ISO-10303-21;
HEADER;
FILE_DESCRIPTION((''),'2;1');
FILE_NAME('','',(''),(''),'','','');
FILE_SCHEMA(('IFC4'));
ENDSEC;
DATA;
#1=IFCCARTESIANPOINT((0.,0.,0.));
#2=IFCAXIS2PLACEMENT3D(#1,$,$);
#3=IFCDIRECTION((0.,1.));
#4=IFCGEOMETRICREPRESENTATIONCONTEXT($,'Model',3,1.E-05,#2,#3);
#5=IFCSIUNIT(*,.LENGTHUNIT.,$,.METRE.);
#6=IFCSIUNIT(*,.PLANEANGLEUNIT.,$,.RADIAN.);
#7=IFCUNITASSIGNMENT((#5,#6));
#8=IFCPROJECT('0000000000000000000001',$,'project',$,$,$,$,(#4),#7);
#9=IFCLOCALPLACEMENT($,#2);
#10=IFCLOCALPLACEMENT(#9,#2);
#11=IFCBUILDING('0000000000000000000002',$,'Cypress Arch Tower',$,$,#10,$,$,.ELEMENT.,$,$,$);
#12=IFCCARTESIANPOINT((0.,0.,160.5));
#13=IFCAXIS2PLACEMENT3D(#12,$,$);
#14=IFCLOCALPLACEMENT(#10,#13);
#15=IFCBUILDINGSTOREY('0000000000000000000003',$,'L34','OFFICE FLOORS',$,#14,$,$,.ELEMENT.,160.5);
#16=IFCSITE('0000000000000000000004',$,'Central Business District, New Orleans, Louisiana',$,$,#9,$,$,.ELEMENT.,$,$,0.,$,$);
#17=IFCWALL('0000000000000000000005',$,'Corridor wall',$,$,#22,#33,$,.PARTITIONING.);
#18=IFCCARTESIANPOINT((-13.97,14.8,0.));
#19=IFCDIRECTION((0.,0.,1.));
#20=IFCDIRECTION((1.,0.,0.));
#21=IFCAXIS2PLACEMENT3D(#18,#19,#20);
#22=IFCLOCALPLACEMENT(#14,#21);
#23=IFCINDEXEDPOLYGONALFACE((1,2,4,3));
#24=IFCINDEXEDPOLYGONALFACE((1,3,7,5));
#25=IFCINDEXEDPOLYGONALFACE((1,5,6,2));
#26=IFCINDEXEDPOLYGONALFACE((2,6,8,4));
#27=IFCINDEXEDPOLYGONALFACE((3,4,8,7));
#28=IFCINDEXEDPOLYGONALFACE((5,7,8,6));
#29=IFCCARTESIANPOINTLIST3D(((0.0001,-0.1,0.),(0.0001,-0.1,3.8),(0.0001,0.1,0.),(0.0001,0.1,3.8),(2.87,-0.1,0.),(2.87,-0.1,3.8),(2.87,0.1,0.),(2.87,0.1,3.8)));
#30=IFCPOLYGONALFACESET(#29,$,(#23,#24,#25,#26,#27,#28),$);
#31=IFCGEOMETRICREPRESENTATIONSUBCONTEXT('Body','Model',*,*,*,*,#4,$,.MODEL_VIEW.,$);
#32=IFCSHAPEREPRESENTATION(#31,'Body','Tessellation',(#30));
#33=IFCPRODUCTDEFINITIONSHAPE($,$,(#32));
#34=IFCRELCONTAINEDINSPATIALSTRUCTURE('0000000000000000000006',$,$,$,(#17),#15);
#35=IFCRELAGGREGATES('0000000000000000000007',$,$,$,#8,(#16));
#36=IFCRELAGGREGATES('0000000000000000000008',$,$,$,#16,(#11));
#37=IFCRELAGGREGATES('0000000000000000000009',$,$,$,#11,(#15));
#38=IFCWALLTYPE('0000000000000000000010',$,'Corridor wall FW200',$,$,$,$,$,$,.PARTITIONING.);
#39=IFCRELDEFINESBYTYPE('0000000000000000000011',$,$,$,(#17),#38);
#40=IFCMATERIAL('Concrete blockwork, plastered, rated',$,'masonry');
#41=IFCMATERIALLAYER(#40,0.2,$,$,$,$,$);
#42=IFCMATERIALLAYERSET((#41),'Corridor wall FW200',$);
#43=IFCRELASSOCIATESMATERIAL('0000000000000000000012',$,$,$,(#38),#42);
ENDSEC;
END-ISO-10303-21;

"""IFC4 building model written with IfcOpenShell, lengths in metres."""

from ifc_helpers import new_model, si_unit, direction, frame, frame_2d, origin, place, context, subcontext, project, spatial, rectangle, extrude, material, layer, layer_set, type_object, element, save


model = new_model("IFC4")

# Units and contexts
model_context = context("Model", 3, precision=1e-05, world=origin(), true_north=direction((0.0, 1.0)))
body_context = subcontext(model_context, "Body", "Model", "MODEL_VIEW")
ifc_project = project(units=[si_unit("LENGTHUNIT", "METRE"), si_unit("PLANEANGLEUNIT", "RADIAN")], contexts=[model_context])

# Site, building, storey
site_placement = place(None, origin())
site = spatial("IfcSite", under=ifc_project, at=site_placement, Name="Central Business District, New Orleans, Louisiana", CompositionType="ELEMENT", RefElevation=0.0)
building_placement = place(site_placement, origin())
building = spatial("IfcBuilding", under=site, at=building_placement, Name="Cypress Arch Tower", CompositionType="ELEMENT")
storey_placement = place(building_placement, frame((0.0, 0.0, 160.5)))
storey = spatial("IfcBuildingStorey", under=building, at=storey_placement, Name="L34", Description="OFFICE FLOORS", CompositionType="ELEMENT", Elevation=160.5)

# Wall
ifc_material_1 = material(Name="Concrete blockwork, plastered, rated", Category="masonry")
ifc_layer_1 = layer(ifc_material_1, 0.2)
ifc_layer_set_1 = layer_set([ifc_layer_1], Name="Corridor wall FW200")
wall_type_1 = type_object("IfcWallType", Name="Corridor wall FW200", PredefinedType="PARTITIONING", material=ifc_layer_set_1)
wall_1_placement = place(storey_placement, frame((-13.97, 14.8, 0.0), z_axis=(0.0, 0.0, 1.0), x_axis=(1.0, 0.0, 0.0)))
element("IfcWall", 1, at=wall_1_placement, inside=storey, type_object=wall_type_1, Name="Corridor wall", PredefinedType="PARTITIONING", context=body_context, shape_type="SweptSolid", body=[
    extrude(rectangle(XDim=2.8699, YDim=0.2, at=frame_2d((1.4351, 0.0))), origin(), (0.0, 0.0, 1.0), 3.8),
])

save(model, "model.ifc")
